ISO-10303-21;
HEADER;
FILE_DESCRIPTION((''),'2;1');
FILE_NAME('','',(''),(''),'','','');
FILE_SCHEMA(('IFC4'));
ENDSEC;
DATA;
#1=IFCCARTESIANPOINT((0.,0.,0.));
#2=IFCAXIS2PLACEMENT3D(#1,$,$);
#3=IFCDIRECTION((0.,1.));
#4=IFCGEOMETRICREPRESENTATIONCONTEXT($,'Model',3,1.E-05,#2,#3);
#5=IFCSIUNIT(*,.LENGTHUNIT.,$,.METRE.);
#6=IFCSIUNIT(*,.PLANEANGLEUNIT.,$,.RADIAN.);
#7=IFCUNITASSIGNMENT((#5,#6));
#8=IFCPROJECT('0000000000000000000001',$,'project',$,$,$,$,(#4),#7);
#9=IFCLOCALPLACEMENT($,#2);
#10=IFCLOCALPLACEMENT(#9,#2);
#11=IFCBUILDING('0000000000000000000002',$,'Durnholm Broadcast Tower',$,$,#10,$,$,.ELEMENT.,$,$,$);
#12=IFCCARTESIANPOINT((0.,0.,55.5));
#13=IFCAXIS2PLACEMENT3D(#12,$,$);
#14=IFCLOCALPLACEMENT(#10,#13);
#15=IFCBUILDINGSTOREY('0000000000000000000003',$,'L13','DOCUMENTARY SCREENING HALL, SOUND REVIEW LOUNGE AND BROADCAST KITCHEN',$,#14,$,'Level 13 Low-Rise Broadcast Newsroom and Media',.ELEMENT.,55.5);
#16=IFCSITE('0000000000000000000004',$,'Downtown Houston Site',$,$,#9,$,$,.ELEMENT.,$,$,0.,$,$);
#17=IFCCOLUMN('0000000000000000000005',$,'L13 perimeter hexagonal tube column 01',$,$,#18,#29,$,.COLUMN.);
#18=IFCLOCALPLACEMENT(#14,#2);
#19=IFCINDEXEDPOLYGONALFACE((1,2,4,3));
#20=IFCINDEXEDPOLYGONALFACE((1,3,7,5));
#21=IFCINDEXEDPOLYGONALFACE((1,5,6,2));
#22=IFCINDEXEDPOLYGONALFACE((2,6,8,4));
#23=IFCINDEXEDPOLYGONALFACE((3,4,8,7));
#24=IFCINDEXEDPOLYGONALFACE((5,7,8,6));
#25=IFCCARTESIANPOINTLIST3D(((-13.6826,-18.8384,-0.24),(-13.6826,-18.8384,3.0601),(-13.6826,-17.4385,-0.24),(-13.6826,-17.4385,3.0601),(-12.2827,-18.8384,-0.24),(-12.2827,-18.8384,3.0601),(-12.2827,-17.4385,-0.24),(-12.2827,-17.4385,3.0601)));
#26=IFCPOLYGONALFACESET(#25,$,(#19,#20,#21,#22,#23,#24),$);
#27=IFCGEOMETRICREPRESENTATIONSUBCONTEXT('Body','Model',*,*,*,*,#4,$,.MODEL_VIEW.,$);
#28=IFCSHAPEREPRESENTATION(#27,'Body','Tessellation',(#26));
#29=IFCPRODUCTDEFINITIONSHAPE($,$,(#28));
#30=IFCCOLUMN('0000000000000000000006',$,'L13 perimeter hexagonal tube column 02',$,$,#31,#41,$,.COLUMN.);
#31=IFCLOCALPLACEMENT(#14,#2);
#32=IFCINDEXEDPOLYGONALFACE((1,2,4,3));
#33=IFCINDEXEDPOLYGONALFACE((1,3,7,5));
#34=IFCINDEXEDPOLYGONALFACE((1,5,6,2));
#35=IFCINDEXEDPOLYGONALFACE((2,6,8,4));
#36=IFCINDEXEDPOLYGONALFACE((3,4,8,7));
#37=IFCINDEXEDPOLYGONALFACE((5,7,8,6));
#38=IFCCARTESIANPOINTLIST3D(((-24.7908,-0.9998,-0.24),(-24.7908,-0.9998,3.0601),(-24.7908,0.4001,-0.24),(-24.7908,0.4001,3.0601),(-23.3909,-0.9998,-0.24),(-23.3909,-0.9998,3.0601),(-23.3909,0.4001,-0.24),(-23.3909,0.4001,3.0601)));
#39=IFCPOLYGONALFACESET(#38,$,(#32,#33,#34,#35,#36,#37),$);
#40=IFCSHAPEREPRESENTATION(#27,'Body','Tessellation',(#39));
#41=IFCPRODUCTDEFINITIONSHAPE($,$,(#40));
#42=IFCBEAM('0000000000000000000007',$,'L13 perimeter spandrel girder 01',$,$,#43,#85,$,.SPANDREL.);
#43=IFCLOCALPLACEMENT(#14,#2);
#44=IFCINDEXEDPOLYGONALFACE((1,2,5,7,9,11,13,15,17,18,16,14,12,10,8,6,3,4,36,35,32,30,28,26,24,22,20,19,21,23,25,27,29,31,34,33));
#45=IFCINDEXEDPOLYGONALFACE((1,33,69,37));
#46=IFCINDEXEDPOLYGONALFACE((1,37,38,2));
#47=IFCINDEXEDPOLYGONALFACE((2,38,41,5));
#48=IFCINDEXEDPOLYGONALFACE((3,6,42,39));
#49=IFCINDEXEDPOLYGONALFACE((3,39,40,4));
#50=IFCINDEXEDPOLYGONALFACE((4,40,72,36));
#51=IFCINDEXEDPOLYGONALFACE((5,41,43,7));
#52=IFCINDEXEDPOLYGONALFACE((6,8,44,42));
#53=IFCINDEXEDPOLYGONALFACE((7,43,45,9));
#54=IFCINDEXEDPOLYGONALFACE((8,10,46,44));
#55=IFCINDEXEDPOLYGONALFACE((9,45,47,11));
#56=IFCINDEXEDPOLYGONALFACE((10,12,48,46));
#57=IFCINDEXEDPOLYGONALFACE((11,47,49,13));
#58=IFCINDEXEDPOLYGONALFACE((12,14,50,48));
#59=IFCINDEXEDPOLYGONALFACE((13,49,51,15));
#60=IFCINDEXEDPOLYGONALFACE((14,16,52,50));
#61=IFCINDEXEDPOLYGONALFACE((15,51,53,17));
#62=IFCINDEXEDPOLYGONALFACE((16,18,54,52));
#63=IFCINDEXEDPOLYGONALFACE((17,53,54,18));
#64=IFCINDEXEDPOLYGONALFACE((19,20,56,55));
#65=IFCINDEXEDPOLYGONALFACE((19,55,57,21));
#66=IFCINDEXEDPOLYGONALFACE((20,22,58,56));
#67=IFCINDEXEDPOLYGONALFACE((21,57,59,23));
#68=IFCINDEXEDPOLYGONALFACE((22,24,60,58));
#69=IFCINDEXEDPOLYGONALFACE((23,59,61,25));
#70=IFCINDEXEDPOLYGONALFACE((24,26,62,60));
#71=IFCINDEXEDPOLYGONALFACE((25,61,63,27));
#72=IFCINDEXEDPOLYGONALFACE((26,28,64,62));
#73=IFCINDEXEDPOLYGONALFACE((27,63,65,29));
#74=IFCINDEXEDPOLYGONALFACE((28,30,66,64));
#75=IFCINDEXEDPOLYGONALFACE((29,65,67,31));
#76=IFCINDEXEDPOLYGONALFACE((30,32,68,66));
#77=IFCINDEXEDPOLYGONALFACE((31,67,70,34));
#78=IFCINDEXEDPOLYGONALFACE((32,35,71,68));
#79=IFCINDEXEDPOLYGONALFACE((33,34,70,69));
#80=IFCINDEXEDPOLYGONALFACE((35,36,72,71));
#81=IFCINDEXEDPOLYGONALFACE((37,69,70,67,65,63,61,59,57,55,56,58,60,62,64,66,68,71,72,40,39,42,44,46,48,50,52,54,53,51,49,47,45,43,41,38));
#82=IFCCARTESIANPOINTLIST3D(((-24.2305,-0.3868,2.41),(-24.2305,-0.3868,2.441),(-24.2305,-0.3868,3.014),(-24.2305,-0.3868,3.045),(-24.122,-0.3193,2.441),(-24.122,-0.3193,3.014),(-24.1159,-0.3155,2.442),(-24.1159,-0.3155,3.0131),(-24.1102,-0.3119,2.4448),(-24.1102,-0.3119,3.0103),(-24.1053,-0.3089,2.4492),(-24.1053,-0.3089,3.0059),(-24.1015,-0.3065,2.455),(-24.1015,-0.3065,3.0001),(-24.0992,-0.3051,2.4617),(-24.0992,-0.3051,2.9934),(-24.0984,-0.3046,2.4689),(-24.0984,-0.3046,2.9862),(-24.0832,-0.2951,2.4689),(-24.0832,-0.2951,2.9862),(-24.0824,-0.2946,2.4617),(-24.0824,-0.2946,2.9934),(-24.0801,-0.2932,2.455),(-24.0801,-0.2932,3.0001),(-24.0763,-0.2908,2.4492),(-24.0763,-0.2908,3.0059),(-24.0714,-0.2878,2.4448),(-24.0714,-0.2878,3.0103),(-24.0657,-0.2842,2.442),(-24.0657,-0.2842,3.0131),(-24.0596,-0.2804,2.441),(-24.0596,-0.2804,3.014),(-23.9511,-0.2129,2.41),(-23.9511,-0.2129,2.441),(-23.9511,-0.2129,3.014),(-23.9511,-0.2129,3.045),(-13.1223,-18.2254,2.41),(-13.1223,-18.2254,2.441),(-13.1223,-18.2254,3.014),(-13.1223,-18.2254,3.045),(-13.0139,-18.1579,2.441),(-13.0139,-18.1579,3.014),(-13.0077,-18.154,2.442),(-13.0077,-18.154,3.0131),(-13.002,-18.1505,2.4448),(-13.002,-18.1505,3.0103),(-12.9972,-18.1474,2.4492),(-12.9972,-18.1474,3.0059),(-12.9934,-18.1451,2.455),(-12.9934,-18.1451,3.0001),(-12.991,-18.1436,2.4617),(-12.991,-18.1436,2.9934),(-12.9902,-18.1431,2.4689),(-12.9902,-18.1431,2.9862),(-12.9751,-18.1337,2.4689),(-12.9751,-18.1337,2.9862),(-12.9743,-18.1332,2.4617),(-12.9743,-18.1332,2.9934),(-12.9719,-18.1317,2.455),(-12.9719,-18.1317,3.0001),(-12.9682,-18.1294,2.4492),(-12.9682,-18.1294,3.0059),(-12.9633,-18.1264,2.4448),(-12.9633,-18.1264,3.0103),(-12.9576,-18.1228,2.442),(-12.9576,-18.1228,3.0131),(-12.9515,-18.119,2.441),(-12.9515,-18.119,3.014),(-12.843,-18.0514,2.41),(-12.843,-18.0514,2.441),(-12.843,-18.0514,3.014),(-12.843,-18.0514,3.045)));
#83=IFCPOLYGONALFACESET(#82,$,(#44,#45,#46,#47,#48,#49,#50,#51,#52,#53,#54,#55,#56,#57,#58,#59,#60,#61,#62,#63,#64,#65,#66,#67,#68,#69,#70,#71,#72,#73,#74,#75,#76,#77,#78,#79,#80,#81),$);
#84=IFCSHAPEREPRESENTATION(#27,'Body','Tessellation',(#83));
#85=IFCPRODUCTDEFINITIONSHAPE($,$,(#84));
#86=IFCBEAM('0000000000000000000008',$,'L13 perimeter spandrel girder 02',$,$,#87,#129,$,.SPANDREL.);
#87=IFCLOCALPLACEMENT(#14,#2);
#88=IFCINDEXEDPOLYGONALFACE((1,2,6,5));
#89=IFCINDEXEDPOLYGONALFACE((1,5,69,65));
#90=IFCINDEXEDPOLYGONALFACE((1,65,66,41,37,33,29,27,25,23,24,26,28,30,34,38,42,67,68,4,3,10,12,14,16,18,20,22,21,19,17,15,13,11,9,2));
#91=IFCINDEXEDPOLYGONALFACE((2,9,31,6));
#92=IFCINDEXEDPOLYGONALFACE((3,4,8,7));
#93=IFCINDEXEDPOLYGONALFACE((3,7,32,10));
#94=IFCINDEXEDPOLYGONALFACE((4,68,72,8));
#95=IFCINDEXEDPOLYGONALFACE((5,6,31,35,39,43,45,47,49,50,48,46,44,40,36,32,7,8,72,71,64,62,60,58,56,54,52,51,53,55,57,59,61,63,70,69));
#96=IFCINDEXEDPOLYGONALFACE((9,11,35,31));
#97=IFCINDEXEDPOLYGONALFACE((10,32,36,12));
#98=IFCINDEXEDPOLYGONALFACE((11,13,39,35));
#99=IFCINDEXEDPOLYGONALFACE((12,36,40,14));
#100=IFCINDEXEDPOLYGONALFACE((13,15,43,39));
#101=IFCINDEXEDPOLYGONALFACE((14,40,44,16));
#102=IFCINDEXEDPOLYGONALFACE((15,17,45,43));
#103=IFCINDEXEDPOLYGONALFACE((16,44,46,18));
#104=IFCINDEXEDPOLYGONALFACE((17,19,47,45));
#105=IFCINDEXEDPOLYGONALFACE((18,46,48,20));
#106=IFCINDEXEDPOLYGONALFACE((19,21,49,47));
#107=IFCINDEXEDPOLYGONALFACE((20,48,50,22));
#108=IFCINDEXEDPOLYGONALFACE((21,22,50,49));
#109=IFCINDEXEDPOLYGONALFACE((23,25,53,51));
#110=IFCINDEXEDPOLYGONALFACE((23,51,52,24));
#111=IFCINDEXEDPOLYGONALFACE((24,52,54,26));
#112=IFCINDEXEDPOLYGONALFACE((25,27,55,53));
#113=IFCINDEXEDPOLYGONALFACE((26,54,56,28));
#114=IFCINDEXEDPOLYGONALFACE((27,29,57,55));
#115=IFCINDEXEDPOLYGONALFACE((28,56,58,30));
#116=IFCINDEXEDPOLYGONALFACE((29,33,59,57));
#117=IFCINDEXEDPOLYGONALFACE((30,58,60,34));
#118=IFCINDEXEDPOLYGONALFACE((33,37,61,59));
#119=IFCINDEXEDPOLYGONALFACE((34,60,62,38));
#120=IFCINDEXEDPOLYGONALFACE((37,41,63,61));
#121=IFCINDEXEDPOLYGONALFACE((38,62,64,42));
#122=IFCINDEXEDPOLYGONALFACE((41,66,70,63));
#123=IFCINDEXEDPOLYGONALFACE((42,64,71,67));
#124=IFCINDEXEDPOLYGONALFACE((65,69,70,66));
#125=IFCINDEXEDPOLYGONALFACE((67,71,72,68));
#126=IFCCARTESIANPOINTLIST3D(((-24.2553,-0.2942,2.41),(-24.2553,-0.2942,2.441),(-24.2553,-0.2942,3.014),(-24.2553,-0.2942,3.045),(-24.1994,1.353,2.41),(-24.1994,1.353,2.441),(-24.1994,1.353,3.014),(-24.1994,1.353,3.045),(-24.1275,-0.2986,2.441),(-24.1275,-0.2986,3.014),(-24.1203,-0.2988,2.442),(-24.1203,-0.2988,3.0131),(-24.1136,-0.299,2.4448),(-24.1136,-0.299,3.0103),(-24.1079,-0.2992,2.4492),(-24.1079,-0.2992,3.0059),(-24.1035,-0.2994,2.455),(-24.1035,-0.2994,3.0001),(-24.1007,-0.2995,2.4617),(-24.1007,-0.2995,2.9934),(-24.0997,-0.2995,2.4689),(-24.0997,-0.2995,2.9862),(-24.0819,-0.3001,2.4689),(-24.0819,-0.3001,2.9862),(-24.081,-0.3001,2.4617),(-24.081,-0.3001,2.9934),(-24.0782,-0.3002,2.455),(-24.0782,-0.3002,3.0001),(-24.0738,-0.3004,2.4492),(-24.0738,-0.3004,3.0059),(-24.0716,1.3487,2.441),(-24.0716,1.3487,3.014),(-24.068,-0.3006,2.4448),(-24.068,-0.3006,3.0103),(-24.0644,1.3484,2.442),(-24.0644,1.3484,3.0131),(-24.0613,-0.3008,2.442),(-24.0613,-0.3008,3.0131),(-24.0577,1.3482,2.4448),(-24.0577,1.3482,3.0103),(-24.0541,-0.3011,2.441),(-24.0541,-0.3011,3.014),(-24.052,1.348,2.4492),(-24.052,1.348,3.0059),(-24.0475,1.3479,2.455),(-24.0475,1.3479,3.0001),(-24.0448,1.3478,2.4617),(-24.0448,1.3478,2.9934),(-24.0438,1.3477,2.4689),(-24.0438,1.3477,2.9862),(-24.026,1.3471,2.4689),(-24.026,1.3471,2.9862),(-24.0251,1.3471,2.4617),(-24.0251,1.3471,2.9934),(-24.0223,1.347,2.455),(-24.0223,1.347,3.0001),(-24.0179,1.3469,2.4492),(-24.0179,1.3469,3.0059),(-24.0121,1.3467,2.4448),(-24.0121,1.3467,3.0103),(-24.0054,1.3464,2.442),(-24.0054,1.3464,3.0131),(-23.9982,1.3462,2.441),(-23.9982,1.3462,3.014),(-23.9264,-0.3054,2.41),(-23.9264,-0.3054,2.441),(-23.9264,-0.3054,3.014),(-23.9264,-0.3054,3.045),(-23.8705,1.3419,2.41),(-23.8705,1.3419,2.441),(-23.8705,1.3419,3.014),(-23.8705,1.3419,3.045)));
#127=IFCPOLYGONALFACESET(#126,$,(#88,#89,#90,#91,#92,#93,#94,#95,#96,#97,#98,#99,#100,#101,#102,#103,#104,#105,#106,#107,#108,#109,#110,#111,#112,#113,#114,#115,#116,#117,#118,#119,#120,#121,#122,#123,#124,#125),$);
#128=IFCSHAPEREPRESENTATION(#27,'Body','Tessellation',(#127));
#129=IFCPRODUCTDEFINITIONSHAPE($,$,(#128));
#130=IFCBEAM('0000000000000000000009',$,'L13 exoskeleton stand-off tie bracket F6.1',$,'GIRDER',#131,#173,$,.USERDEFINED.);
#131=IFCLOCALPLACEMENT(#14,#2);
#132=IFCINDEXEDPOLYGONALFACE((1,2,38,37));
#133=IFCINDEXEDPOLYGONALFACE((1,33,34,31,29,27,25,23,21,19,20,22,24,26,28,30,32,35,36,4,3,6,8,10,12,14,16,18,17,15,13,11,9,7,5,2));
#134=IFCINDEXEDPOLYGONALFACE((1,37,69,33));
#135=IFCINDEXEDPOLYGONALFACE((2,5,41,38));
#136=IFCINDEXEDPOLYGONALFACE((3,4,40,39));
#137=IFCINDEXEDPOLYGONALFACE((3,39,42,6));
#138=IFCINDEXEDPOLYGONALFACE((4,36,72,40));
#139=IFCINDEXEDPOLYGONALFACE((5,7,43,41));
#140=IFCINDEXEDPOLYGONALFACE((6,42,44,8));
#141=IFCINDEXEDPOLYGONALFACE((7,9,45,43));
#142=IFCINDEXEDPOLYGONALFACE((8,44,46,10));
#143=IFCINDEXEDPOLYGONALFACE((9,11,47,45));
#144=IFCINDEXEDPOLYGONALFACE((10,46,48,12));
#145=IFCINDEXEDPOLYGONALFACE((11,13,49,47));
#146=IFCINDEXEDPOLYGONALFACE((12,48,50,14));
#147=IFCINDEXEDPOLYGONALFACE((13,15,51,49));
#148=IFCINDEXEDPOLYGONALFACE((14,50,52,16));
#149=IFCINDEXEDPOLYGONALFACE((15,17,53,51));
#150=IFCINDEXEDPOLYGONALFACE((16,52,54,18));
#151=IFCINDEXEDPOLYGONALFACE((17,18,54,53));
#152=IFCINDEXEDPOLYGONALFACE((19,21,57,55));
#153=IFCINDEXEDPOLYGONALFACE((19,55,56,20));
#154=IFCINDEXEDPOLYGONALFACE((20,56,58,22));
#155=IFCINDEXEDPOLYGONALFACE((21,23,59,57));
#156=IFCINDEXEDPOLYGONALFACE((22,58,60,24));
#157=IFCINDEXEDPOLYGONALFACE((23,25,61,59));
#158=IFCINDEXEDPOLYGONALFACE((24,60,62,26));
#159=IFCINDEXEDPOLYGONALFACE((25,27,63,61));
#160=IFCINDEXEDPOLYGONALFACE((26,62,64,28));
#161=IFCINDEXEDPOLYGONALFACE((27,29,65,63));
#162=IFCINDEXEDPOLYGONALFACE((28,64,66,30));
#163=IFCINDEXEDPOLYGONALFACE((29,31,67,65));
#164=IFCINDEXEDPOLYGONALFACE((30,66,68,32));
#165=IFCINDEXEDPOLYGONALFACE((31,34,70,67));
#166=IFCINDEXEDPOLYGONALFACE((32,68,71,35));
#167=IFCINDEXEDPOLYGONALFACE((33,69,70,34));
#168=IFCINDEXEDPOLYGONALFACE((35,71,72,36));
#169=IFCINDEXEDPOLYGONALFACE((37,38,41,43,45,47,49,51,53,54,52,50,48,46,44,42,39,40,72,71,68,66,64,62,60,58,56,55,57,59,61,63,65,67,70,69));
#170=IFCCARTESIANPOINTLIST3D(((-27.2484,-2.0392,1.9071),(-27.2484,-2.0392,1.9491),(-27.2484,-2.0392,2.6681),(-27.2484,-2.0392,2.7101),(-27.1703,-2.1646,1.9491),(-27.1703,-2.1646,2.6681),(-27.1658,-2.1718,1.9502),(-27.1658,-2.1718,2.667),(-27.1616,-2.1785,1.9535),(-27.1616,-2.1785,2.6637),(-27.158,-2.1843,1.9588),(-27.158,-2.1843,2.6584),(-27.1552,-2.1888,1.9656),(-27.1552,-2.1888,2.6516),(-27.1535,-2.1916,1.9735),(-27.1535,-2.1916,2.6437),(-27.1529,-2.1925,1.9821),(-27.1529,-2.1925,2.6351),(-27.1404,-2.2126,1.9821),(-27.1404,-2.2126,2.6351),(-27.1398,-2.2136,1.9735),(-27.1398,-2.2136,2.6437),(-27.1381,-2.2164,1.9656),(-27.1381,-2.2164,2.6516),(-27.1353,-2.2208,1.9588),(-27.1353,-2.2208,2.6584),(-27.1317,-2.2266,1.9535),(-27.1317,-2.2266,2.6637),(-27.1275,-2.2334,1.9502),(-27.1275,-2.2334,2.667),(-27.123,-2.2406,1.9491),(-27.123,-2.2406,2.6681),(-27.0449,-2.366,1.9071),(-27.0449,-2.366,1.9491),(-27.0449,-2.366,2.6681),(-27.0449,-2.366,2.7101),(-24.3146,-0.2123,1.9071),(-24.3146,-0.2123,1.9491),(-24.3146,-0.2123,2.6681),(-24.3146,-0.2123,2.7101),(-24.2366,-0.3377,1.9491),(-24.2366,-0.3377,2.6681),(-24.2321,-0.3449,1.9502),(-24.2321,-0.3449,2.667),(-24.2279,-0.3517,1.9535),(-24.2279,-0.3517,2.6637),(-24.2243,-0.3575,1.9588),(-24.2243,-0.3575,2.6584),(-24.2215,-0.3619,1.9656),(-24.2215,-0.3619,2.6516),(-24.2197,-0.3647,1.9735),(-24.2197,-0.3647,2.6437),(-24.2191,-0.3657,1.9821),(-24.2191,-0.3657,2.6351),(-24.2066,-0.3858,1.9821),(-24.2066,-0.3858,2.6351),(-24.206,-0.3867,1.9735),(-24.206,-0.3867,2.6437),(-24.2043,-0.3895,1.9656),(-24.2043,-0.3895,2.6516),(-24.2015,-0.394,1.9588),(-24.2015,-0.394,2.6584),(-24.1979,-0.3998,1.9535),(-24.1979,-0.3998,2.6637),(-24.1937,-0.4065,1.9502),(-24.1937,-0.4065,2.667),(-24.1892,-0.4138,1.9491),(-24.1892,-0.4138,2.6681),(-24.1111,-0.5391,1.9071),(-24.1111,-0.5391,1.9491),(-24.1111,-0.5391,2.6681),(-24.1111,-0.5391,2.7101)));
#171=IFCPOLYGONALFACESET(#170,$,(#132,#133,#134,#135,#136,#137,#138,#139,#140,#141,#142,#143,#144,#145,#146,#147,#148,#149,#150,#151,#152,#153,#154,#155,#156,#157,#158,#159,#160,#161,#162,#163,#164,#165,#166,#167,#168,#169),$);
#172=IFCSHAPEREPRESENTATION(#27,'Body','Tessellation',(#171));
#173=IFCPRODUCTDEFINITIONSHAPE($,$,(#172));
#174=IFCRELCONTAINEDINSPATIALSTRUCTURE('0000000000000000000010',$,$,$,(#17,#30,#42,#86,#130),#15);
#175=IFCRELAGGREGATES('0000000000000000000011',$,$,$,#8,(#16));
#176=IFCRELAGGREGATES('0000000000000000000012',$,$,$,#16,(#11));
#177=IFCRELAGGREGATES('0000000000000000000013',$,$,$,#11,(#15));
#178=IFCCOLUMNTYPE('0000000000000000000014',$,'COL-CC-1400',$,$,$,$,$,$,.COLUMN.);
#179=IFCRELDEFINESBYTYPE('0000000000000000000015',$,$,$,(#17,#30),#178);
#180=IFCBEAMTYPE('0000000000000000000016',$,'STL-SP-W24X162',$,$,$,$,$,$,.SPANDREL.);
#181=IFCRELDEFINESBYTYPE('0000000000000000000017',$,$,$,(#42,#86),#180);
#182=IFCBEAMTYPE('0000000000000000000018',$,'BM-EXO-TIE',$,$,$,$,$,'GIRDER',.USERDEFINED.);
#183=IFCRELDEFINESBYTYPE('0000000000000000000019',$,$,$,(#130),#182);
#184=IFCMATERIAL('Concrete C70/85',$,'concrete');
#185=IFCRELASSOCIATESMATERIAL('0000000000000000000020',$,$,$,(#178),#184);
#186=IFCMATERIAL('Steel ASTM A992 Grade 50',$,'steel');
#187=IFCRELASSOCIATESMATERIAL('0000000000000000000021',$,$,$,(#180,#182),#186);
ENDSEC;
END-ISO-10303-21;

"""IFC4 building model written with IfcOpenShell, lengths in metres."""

from ifc_helpers import new_model, si_unit, direction, frame, origin, origin_2d, place, context, subcontext, project, spatial, rectangle, i_section, extrude, source, transform, mapped, material, material_profile, profile_set, type_object, type_shapes, element, save


model = new_model("IFC4")

# Units and contexts
model_context = context("Model", 3, precision=1e-05, world=origin(), true_north=direction((0.0, 1.0)))
body_context = subcontext(model_context, "Body", "Model", "MODEL_VIEW")
ifc_project = project(units=[si_unit("LENGTHUNIT", "METRE"), si_unit("PLANEANGLEUNIT", "RADIAN")], contexts=[model_context])

# Site, building, storey
site_placement = place(None, origin())
site = spatial("IfcSite", under=ifc_project, at=site_placement, Name="Downtown Houston Site", CompositionType="ELEMENT", RefElevation=0.0)
building_placement = place(site_placement, origin())
building = spatial("IfcBuilding", under=site, at=building_placement, Name="Durnholm Broadcast Tower", CompositionType="ELEMENT")
storey_placement = place(building_placement, frame((0.0, 0.0, 55.5)))
storey = spatial("IfcBuildingStorey", under=building, at=storey_placement, Name="L13", Description="DOCUMENTARY SCREENING HALL, SOUND REVIEW LOUNGE AND BROADCAST KITCHEN", LongName="Level 13 Low-Rise Broadcast Newsroom and Media", CompositionType="ELEMENT", Elevation=55.5)

# Columns
ifc_material_1 = material(Name="Concrete C70/85", Category="concrete")
ifc_material_profile_1 = material_profile(ifc_material_1, rectangle(XDim=1.3999, YDim=1.3999, at=origin_2d()), Name="RC1400X1400")
ifc_profile_set_1 = profile_set([ifc_material_profile_1], Name="Concrete C70/85")
column_type = type_object("IfcColumnType", Name="COL-CC-1400", PredefinedType="COLUMN", material=ifc_profile_set_1)
shared_shape_1 = source(origin(), body_context, "Body", "SweptSolid", [
    extrude(rectangle(XDim=1.3999, YDim=1.3999, at=origin_2d()), origin(), (0.0, 0.0, 1.0), 3.3),
])
type_shapes(column_type, [shared_shape_1])
for number, where, z_axis, x_axis, name in (
    (1, (-12.9827, -18.1384, -0.24), (0.0, 0.0, 1.0), (1.0, 0.0, 0.0), "L13 perimeter hexagonal tube column 01"),
    (2, (-24.0908, -0.2998, -0.24), (0.0, 0.0, 1.0), (1.0, 0.0, 0.0), "L13 perimeter hexagonal tube column 02"),
):
    element("IfcColumn", number, at=place(storey_placement, frame(where, z_axis=z_axis, x_axis=x_axis)), inside=storey, type_object=column_type, Name=name, PredefinedType="COLUMN", context=body_context, shape_type="MappedRepresentation", body=[
        mapped(shared_shape_1, transform((0.0, 0.0, 0.0), x_axis=(1.0, 0.0, 0.0), y_axis=(0.0, 1.0, 0.0), z_axis=(0.0, 0.0, 1.0), scale=1.0)),
    ])

# Beams
ifc_material_2 = material(Name="Steel ASTM A992 Grade 50", Category="steel")
ifc_material_profile_2 = material_profile(ifc_material_2, i_section(OverallWidth=0.3291, OverallDepth=0.635, WebThickness=0.0178, FlangeThickness=0.031, FilletRadius=0.0278, at=origin_2d()), Name="W24X162")
ifc_profile_set_2 = profile_set([ifc_material_profile_2], Name="Steel ASTM A992 Grade 50")
beam_type_1 = type_object("IfcBeamType", Name="STL-SP-W24X162", PredefinedType="SPANDREL", material=ifc_profile_set_2)
shared_shape_2 = source(origin(), body_context, "Body", "SweptSolid", [
    extrude(i_section(OverallWidth=0.3291, OverallDepth=0.635, WebThickness=0.0178, FlangeThickness=0.031, FilletRadius=0.0278, at=origin_2d()), origin(), (0.0, 0.0, 1.0), 21.0144),
])
beam_1_placement = place(storey_placement, frame((-12.9827, -18.1384, 2.7275), z_axis=(-0.528596, 0.848874, 0.0), x_axis=(-0.848874, -0.528596, 0.0)))
element("IfcBeam", 3, at=beam_1_placement, inside=storey, type_object=beam_type_1, Name="L13 perimeter spandrel girder 01", PredefinedType="SPANDREL", context=body_context, shape_type="MappedRepresentation", body=[
    mapped(shared_shape_2, transform((0.0, 0.0, 0.0), x_axis=(1.0, 0.0, 0.0), y_axis=(0.0, 1.0, 0.0), z_axis=(0.0, 0.0, 1.0), scale=1.0)),
])
shared_shape_3 = source(origin(), body_context, "Body", "SweptSolid", [
    extrude(i_section(OverallWidth=0.3291, OverallDepth=0.635, WebThickness=0.0178, FlangeThickness=0.031, FilletRadius=0.0278, at=origin_2d()), origin(), (0.0, 0.0, 1.0), 1.6482),
])
type_shapes(beam_type_1, [shared_shape_2, shared_shape_3])
beam_2_placement = place(storey_placement, frame((-24.0908, -0.2998, 2.7275), z_axis=(0.033921, 0.999425, 0.0), x_axis=(-0.999425, 0.033921, 0.0)))
element("IfcBeam", 4, at=beam_2_placement, inside=storey, type_object=beam_type_1, Name="L13 perimeter spandrel girder 02", PredefinedType="SPANDREL", context=body_context, shape_type="MappedRepresentation", body=[
    mapped(shared_shape_3, transform((0.0, 0.0, 0.0), x_axis=(1.0, 0.0, 0.0), y_axis=(0.0, 1.0, 0.0), z_axis=(0.0, 0.0, 1.0), scale=1.0)),
])
ifc_material_profile_3 = material_profile(ifc_material_2, i_section(OverallWidth=0.385, OverallDepth=0.803, WebThickness=0.0237, FlangeThickness=0.042, FilletRadius=0.033, at=origin_2d()), Name="W30X261")
ifc_profile_set_3 = profile_set([ifc_material_profile_3], Name="Steel ASTM A992 Grade 50")
beam_type_2 = type_object("IfcBeamType", Name="BM-EXO-TIE", ElementType="GIRDER", PredefinedType="USERDEFINED", material=ifc_profile_set_3)
shared_shape_4 = source(origin(), body_context, "Body", "SweptSolid", [
    extrude(i_section(OverallWidth=0.385, OverallDepth=0.803, WebThickness=0.0237, FlangeThickness=0.042, FilletRadius=0.033, at=origin_2d()), origin(), (0.0, 0.0, 1.0), 3.4561),
])
for number, where, z_axis, x_axis, name in (
    (5, (-24.2129, -0.3757, 2.3086), (-0.848874, -0.528595, 0.0), (0.528595, -0.848874, 0.0), "L13 exoskeleton stand-off tie bracket F6.1"),
):
    element("IfcBeam", number, at=place(storey_placement, frame(where, z_axis=z_axis, x_axis=x_axis)), inside=storey, type_object=beam_type_2, Name=name, ObjectType="GIRDER", PredefinedType="USERDEFINED", context=body_context, shape_type="MappedRepresentation", body=[
        mapped(shared_shape_4, transform((0.0, 0.0, 0.0), x_axis=(1.0, 0.0, 0.0), y_axis=(0.0, 1.0, 0.0), z_axis=(0.0, 0.0, 1.0), scale=1.0)),
    ])

save(model, "model.ifc")
